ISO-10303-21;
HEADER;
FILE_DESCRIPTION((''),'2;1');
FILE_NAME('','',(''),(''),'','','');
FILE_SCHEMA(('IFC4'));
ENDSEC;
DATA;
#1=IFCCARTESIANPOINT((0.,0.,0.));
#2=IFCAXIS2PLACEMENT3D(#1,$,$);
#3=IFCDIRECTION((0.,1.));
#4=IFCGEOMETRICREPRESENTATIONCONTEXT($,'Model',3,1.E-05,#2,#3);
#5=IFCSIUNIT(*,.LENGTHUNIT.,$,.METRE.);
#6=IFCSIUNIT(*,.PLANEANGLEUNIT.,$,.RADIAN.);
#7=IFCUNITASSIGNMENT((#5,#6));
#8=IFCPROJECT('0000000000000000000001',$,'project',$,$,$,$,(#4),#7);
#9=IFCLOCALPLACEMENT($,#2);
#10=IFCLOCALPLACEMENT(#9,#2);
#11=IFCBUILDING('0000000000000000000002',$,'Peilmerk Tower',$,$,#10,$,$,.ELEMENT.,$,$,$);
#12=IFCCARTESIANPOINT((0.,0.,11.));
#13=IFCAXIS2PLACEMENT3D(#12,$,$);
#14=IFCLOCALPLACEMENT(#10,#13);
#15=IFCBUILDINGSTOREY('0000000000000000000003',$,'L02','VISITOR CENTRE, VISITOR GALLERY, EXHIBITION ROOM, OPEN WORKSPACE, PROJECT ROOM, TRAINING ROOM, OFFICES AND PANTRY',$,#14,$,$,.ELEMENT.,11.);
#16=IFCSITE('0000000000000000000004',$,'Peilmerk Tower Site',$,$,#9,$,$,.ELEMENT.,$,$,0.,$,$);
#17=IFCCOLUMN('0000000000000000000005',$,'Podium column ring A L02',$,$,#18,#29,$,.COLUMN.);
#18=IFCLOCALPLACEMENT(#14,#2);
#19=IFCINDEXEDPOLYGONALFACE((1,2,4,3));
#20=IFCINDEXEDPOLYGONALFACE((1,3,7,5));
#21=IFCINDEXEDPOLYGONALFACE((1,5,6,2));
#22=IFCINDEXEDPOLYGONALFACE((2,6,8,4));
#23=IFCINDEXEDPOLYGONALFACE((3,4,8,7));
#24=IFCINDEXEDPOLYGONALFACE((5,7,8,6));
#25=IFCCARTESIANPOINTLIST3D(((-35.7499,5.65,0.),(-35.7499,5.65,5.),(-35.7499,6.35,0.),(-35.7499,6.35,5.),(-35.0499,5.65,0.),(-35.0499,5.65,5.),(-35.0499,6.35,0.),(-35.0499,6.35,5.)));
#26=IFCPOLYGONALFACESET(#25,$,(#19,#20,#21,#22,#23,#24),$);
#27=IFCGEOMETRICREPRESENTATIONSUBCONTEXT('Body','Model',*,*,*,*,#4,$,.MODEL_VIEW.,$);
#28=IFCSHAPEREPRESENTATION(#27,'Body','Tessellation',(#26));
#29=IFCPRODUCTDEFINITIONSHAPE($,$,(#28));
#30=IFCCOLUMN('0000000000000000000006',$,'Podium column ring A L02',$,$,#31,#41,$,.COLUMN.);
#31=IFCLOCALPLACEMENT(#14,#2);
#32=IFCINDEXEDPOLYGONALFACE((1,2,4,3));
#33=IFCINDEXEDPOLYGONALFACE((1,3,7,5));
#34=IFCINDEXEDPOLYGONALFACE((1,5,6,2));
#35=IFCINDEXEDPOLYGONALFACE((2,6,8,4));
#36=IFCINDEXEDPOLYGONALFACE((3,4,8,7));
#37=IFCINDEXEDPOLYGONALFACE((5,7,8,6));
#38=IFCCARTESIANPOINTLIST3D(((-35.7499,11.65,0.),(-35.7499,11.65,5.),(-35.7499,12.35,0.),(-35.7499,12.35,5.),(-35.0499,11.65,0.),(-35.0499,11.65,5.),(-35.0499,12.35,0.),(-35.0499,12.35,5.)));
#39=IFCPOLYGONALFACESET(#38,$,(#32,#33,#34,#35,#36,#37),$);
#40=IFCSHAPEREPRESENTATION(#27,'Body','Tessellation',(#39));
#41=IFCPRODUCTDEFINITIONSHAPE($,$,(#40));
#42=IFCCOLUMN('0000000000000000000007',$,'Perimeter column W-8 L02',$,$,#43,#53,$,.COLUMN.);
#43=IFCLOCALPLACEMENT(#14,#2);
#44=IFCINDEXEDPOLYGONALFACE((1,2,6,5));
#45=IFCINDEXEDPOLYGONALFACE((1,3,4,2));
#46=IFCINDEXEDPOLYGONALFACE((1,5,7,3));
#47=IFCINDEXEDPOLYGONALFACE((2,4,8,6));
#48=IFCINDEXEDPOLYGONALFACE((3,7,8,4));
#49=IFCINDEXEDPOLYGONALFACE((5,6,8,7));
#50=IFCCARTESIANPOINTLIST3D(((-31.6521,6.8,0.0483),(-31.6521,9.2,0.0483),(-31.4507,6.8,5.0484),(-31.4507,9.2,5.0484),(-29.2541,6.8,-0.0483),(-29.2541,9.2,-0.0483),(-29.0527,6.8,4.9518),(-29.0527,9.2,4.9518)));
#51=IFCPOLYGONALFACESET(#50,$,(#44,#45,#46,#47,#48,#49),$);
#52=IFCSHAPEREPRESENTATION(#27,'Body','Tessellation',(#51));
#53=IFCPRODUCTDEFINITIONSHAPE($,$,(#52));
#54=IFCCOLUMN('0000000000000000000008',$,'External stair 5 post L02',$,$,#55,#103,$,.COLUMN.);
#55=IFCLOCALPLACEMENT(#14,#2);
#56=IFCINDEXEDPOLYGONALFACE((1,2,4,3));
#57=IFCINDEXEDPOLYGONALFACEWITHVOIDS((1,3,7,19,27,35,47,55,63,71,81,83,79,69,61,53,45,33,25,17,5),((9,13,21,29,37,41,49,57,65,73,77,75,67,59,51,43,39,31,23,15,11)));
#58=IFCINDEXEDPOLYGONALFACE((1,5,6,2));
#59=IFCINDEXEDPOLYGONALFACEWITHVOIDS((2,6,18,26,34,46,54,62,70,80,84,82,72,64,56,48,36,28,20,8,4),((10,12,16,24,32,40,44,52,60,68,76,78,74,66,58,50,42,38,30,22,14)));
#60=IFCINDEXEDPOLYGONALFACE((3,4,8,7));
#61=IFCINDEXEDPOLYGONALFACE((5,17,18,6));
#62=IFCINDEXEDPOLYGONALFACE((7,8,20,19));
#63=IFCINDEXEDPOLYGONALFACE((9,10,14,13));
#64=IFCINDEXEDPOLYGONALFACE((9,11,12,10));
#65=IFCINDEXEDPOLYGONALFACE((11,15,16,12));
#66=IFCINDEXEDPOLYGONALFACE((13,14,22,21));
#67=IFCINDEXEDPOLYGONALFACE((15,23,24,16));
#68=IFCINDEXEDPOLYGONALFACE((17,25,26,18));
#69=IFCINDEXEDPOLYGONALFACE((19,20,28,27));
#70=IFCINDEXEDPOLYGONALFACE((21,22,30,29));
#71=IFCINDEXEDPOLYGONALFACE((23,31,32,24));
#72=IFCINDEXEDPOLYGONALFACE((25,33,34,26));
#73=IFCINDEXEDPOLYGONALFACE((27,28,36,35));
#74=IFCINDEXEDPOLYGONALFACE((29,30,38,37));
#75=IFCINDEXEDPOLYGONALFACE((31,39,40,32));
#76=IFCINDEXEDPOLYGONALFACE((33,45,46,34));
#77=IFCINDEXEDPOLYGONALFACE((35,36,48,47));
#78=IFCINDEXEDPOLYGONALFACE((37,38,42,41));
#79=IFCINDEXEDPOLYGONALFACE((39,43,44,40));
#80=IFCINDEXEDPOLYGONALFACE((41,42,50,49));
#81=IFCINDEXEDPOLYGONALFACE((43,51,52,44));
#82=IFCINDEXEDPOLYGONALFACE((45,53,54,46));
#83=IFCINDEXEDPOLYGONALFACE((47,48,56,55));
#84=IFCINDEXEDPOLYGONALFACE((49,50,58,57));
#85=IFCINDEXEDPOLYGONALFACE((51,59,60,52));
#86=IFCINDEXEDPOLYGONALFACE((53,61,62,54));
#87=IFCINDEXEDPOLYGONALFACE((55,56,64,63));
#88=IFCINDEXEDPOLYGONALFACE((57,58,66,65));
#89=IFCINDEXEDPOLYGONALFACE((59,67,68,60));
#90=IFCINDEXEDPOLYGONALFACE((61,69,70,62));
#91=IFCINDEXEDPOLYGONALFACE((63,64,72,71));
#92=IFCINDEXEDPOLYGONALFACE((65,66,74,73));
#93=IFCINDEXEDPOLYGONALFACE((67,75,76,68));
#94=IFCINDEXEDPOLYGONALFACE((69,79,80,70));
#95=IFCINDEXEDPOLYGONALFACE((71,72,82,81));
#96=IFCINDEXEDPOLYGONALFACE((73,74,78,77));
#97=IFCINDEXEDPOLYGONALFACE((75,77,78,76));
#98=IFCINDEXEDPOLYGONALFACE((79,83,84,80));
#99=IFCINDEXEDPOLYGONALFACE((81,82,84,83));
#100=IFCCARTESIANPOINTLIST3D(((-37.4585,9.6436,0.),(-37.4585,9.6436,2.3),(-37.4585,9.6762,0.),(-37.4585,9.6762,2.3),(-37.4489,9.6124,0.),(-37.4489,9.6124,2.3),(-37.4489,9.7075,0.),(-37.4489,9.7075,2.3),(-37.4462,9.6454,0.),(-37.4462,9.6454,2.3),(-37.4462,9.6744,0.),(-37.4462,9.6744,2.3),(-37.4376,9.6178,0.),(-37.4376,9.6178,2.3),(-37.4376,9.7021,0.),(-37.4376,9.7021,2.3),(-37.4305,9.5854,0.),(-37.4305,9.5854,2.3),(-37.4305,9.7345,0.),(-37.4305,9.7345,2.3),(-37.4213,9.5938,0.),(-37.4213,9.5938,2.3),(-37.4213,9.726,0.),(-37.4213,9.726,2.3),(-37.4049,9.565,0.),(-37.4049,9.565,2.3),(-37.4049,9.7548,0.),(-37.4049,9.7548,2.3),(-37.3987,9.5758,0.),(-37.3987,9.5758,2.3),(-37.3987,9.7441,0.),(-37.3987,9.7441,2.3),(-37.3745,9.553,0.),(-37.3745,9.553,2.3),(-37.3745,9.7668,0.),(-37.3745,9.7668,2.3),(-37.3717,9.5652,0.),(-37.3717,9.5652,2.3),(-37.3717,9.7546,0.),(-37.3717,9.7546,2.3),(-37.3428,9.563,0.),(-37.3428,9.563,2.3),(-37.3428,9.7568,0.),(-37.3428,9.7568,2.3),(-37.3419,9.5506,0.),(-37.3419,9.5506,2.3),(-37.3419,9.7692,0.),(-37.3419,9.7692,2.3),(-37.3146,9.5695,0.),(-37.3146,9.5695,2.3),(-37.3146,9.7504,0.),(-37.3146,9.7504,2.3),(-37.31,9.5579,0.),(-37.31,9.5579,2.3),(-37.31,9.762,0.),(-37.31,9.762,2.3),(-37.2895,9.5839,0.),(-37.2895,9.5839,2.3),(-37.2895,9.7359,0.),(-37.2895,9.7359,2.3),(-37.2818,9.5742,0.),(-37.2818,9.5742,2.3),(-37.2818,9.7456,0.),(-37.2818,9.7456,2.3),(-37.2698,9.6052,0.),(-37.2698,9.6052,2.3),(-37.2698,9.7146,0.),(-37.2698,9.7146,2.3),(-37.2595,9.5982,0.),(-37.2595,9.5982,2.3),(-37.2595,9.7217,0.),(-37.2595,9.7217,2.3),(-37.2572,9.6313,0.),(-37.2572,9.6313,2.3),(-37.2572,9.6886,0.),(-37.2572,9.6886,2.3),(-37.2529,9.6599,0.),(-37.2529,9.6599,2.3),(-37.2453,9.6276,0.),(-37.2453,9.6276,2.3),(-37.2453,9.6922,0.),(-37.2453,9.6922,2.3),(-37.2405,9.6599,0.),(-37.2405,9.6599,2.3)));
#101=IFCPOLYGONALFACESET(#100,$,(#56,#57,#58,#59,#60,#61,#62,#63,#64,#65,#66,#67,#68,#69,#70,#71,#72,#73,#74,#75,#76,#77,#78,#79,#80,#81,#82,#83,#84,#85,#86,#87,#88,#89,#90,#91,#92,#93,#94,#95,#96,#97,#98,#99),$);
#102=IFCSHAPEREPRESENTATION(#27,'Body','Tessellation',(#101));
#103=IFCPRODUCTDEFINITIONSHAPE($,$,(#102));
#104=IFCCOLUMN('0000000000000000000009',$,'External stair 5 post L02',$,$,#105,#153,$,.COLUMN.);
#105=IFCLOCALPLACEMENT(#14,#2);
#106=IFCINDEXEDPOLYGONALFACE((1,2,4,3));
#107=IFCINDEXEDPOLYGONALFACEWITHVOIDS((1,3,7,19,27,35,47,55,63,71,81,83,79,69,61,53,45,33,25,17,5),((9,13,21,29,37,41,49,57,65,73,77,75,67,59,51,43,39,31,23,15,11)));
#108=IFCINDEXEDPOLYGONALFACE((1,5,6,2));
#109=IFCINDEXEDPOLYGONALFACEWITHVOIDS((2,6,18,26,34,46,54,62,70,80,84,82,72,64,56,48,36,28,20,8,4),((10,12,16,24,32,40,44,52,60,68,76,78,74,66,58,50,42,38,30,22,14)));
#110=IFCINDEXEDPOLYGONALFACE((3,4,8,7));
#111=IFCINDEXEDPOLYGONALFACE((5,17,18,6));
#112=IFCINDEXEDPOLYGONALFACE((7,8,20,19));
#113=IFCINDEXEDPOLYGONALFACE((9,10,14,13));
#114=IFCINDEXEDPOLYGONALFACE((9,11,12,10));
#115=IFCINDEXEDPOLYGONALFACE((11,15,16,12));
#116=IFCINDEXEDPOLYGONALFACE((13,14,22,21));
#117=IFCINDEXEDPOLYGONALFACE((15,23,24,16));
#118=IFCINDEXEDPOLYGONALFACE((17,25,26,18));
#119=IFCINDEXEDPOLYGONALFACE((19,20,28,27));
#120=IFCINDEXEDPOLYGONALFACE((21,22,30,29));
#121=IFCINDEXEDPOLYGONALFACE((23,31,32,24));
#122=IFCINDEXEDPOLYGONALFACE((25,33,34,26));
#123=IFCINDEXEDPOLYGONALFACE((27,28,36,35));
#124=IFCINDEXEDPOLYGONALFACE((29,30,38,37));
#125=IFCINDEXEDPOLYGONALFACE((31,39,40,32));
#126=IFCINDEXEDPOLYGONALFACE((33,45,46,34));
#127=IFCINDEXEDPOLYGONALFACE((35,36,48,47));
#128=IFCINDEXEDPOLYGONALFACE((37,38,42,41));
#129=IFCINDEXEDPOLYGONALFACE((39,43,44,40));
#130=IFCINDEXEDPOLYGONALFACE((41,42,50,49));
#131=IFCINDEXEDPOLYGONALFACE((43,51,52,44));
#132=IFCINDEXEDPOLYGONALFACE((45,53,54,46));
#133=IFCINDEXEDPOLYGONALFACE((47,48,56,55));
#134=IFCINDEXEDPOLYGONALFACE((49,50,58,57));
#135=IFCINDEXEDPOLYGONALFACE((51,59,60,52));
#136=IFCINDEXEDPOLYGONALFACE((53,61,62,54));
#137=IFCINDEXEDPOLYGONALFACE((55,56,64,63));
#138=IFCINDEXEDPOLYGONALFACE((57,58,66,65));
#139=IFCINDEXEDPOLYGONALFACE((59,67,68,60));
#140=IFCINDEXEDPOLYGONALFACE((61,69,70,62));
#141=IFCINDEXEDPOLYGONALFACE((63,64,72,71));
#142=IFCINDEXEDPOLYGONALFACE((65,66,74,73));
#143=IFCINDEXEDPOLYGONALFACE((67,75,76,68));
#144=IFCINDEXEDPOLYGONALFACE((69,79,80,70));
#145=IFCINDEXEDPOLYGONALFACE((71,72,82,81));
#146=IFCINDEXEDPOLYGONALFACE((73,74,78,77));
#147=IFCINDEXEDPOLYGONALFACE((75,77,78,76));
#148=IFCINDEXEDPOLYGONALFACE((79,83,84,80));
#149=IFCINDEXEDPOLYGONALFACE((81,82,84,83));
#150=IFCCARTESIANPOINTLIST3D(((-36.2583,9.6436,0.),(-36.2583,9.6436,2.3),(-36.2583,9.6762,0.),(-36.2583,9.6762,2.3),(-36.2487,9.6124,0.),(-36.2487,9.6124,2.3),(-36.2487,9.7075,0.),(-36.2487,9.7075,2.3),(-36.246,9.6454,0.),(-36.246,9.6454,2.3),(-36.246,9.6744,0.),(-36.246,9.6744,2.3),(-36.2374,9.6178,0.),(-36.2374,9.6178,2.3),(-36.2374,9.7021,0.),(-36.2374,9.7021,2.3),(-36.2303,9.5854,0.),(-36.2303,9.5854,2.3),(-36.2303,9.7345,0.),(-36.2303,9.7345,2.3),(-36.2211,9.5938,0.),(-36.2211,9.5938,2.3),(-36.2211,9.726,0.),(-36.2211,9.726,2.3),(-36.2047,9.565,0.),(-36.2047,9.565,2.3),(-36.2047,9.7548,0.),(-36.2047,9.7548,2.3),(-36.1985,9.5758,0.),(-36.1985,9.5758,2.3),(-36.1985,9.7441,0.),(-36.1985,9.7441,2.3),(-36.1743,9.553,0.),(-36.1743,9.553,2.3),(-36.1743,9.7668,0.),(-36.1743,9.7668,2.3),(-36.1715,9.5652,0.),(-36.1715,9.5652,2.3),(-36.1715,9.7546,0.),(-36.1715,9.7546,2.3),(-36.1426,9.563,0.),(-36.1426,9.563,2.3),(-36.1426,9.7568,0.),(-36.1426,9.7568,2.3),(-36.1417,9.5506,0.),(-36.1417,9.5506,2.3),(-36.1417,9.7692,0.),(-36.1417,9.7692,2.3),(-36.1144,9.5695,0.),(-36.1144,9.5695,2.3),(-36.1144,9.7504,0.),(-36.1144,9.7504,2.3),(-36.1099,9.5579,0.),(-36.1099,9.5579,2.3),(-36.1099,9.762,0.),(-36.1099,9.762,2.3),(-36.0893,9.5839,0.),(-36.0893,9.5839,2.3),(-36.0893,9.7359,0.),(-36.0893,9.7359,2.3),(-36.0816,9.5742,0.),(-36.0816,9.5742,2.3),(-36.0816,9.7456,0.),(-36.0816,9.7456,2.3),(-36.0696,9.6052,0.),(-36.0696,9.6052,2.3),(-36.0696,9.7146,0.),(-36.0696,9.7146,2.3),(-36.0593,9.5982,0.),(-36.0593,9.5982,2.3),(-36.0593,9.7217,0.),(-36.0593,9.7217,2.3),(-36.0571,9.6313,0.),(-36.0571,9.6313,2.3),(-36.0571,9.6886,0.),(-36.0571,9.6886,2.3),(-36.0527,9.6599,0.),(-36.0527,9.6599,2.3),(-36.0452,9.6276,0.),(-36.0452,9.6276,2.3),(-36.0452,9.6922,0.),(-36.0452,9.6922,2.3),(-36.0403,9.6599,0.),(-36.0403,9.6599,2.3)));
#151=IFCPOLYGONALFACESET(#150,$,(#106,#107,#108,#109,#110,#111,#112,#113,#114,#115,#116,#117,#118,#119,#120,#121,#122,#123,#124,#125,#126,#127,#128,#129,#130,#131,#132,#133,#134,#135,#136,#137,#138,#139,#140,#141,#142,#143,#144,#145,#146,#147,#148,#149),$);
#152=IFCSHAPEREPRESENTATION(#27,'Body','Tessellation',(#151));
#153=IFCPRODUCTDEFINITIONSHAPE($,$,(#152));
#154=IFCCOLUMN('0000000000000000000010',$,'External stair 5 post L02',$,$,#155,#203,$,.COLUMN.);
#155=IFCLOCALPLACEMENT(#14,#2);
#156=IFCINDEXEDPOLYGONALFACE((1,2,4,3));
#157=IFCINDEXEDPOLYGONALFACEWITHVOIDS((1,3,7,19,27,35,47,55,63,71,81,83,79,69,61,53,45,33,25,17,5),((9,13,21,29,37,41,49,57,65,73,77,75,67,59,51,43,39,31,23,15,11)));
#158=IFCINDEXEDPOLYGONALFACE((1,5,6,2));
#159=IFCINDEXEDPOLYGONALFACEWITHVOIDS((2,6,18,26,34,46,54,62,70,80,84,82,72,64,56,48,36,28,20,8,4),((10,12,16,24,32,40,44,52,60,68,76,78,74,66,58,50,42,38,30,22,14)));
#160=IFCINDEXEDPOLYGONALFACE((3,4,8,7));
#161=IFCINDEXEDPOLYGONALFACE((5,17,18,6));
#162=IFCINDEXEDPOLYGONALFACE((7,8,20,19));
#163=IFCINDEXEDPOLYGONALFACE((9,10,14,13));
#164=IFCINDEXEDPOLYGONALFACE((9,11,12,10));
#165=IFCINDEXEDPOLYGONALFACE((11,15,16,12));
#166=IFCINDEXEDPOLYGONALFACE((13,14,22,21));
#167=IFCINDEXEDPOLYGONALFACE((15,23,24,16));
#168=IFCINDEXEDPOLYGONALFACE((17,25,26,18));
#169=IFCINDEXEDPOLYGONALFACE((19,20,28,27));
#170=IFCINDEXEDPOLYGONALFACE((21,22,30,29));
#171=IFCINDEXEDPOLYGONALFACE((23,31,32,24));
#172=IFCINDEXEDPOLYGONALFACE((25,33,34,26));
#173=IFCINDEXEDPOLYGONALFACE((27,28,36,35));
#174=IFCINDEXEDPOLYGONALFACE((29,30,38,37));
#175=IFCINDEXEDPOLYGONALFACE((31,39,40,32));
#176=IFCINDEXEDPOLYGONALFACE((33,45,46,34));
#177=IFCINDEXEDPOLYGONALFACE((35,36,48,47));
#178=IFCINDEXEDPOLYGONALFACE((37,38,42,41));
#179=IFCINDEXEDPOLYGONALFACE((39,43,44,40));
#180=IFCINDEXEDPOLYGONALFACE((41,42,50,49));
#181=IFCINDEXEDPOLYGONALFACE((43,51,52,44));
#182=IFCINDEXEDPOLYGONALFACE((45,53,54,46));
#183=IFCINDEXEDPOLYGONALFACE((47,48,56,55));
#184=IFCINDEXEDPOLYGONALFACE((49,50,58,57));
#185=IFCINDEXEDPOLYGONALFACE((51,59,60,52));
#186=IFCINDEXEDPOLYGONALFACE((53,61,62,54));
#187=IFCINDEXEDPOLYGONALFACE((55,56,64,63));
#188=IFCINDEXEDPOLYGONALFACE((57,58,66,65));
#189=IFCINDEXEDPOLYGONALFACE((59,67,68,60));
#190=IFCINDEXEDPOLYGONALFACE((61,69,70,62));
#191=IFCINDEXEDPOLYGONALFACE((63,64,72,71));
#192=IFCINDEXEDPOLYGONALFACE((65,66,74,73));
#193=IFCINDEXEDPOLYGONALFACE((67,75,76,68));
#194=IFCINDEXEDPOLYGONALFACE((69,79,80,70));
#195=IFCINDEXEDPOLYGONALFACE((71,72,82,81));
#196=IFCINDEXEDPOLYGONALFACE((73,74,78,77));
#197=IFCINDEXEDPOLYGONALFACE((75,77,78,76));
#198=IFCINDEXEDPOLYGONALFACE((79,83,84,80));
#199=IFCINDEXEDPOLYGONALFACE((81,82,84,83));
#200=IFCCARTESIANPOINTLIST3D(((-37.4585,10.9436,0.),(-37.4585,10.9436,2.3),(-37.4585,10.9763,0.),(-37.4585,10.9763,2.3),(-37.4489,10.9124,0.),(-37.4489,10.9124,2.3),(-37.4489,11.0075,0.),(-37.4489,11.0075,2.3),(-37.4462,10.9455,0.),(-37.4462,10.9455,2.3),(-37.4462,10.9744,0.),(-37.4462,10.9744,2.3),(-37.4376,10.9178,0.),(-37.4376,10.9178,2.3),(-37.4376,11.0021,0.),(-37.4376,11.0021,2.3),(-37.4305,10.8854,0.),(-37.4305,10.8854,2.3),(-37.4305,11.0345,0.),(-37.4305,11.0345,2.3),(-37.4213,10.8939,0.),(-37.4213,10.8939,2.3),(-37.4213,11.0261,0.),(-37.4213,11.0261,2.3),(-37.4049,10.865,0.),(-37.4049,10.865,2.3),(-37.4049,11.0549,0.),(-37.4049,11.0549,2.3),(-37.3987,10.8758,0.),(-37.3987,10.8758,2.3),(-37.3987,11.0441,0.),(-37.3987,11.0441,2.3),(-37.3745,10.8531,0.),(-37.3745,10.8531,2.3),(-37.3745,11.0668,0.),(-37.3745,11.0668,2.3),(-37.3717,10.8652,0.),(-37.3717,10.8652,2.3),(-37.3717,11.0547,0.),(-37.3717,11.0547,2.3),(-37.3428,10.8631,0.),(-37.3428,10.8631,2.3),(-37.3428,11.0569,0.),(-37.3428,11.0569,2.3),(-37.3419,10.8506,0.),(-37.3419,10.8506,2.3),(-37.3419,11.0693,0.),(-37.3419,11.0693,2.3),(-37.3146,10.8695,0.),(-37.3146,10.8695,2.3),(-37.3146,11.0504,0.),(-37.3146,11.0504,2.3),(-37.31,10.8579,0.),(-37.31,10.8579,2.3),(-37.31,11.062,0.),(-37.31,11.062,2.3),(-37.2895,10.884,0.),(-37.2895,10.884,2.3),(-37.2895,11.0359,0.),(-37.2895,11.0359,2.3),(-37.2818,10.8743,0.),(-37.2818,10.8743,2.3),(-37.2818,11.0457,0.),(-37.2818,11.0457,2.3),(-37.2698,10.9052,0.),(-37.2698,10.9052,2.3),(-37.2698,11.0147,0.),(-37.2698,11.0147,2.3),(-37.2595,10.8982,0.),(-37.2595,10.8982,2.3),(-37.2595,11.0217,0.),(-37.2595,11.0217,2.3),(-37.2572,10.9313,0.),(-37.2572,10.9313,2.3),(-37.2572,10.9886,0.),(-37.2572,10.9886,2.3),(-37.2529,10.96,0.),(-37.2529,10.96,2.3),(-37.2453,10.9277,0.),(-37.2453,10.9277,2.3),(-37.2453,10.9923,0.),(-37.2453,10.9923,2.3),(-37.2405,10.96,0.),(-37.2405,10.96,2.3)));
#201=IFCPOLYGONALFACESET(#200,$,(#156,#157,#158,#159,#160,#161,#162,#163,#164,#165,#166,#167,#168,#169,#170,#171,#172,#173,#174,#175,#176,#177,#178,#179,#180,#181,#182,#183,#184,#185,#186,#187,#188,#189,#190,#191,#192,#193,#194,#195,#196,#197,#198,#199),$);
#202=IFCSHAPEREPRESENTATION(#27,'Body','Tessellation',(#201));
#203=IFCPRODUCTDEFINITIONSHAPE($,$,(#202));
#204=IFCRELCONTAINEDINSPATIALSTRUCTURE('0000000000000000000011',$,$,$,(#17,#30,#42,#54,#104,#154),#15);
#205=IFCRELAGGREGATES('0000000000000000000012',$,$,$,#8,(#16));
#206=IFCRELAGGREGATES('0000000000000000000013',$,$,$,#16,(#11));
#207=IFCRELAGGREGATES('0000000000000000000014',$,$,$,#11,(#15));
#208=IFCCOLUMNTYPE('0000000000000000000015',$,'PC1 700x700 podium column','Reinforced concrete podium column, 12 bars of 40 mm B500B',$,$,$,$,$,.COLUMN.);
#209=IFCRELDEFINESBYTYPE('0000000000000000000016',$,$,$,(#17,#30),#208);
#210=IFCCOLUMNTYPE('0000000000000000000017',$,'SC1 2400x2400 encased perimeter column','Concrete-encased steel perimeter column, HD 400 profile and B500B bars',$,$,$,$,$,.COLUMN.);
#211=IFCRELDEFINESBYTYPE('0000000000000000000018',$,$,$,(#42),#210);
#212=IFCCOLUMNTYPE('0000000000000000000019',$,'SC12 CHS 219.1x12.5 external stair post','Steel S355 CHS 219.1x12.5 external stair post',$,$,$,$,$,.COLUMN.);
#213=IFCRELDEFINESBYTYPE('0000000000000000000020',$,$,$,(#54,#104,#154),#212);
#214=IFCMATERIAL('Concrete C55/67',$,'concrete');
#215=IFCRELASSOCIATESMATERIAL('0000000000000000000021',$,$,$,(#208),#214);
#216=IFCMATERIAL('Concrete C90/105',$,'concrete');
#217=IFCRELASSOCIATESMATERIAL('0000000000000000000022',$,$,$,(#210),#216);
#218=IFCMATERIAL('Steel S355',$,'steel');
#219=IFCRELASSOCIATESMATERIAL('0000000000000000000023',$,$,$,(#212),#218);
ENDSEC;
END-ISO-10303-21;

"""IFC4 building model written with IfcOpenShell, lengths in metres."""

from ifc_helpers import new_model, si_unit, direction, frame, origin, origin_2d, place, context, subcontext, project, spatial, rectangle, hollow_circle, extrude, material, material_profile, profile_set, type_object, element, save


model = new_model("IFC4")

# Units and contexts
model_context = context("Model", 3, precision=1e-05, world=origin(), true_north=direction((0.0, 1.0)))
body_context = subcontext(model_context, "Body", "Model", "MODEL_VIEW")
ifc_project = project(units=[si_unit("LENGTHUNIT", "METRE"), si_unit("PLANEANGLEUNIT", "RADIAN")], contexts=[model_context])

# Site, building, storey
site_placement = place(None, origin())
site = spatial("IfcSite", under=ifc_project, at=site_placement, Name="Peilmerk Tower Site", CompositionType="ELEMENT", RefElevation=0.0)
building_placement = place(site_placement, origin())
building = spatial("IfcBuilding", under=site, at=building_placement, Name="Peilmerk Tower", CompositionType="ELEMENT")
storey_placement = place(building_placement, frame((0.0, 0.0, 11.0)))
storey = spatial("IfcBuildingStorey", under=building, at=storey_placement, Name="L02", Description="VISITOR CENTRE, VISITOR GALLERY, EXHIBITION ROOM, OPEN WORKSPACE, PROJECT ROOM, TRAINING ROOM, OFFICES AND PANTRY", CompositionType="ELEMENT", Elevation=11.0)

# Columns
ifc_material_1 = material(Name="Concrete C55/67", Category="concrete")
ifc_material_profile_1 = material_profile(ifc_material_1, rectangle(XDim=0.7, YDim=0.7, at=origin_2d()), Name="RC 700x700")
ifc_profile_set_1 = profile_set([ifc_material_profile_1], Name="Concrete C55/67")
column_type_1 = type_object("IfcColumnType", Name="PC1 700x700 podium column", Description="Reinforced concrete podium column, 12 bars of 40 mm B500B", PredefinedType="COLUMN", material=ifc_profile_set_1)
for number, where, z_axis, x_axis, name in (
    (1, (-35.3999, 6.0, 0.0), (0.0, 0.0, 1.0), (1.0, 0.0, 0.0), "Podium column ring A L02"),
    (2, (-35.3999, 12.0, 0.0), (0.0, 0.0, 1.0), (1.0, 0.0, 0.0), "Podium column ring A L02"),
):
    element("IfcColumn", number, at=place(storey_placement, frame(where, z_axis=z_axis, x_axis=x_axis)), inside=storey, type_object=column_type_1, Name=name, PredefinedType="COLUMN", context=body_context, shape_type="SweptSolid", body=[
        extrude(rectangle(XDim=0.7, YDim=0.7, at=origin_2d()), origin(), (0.0, 0.0, 1.0), 5.0),
    ])
ifc_material_2 = material(Name="Concrete C90/105", Category="concrete")
ifc_material_profile_2 = material_profile(ifc_material_2, rectangle(XDim=2.3999, YDim=2.3999, at=origin_2d()), Name="RC 2400x2400")
ifc_profile_set_2 = profile_set([ifc_material_profile_2], Name="Concrete C90/105")
column_type_2 = type_object("IfcColumnType", Name="SC1 2400x2400 encased perimeter column", Description="Concrete-encased steel perimeter column, HD 400 profile and B500B bars", PredefinedType="COLUMN", material=ifc_profile_set_2)
column_placement = place(storey_placement, frame((-30.4531, 8.0, 0.0), z_axis=(0.040251, 0.0, 0.99919), x_axis=(0.0, 1.0, 0.0)))
element("IfcColumn", 3, at=column_placement, inside=storey, type_object=column_type_2, Name="Perimeter column W-8 L02", PredefinedType="COLUMN", context=body_context, shape_type="SweptSolid", body=[
    extrude(rectangle(XDim=2.3999, YDim=2.3999, at=origin_2d()), origin(), (0.0, 0.0, 1.0), 5.0042),
])
ifc_material_3 = material(Name="Steel S355", Category="steel")
ifc_material_profile_3 = material_profile(ifc_material_3, hollow_circle(Radius=0.1096, WallThickness=0.0125, at=origin_2d()), Name="CHS 219.1x12.5")
ifc_profile_set_3 = profile_set([ifc_material_profile_3], Name="Steel S355")
column_type_3 = type_object("IfcColumnType", Name="SC12 CHS 219.1x12.5 external stair post", Description="Steel S355 CHS 219.1x12.5 external stair post", PredefinedType="COLUMN", material=ifc_profile_set_3)
for number, where, z_axis, x_axis, name in (
    (4, (-37.3501, 9.6599, 0.0), (0.0, 0.0, 1.0), (1.0, 0.0, 0.0), "External stair 5 post L02"),
    (5, (-36.1499, 9.6599, 0.0), (0.0, 0.0, 1.0), (1.0, 0.0, 0.0), "External stair 5 post L02"),
    (6, (-37.3501, 10.96, 0.0), (0.0, 0.0, 1.0), (1.0, 0.0, 0.0), "External stair 5 post L02"),
):
    element("IfcColumn", number, at=place(storey_placement, frame(where, z_axis=z_axis, x_axis=x_axis)), inside=storey, type_object=column_type_3, Name=name, PredefinedType="COLUMN", context=body_context, shape_type="SweptSolid", body=[
        extrude(hollow_circle(Radius=0.1096, WallThickness=0.0125, at=origin_2d()), origin(), (0.0, 0.0, 1.0), 2.3),
    ])

save(model, "model.ifc")
